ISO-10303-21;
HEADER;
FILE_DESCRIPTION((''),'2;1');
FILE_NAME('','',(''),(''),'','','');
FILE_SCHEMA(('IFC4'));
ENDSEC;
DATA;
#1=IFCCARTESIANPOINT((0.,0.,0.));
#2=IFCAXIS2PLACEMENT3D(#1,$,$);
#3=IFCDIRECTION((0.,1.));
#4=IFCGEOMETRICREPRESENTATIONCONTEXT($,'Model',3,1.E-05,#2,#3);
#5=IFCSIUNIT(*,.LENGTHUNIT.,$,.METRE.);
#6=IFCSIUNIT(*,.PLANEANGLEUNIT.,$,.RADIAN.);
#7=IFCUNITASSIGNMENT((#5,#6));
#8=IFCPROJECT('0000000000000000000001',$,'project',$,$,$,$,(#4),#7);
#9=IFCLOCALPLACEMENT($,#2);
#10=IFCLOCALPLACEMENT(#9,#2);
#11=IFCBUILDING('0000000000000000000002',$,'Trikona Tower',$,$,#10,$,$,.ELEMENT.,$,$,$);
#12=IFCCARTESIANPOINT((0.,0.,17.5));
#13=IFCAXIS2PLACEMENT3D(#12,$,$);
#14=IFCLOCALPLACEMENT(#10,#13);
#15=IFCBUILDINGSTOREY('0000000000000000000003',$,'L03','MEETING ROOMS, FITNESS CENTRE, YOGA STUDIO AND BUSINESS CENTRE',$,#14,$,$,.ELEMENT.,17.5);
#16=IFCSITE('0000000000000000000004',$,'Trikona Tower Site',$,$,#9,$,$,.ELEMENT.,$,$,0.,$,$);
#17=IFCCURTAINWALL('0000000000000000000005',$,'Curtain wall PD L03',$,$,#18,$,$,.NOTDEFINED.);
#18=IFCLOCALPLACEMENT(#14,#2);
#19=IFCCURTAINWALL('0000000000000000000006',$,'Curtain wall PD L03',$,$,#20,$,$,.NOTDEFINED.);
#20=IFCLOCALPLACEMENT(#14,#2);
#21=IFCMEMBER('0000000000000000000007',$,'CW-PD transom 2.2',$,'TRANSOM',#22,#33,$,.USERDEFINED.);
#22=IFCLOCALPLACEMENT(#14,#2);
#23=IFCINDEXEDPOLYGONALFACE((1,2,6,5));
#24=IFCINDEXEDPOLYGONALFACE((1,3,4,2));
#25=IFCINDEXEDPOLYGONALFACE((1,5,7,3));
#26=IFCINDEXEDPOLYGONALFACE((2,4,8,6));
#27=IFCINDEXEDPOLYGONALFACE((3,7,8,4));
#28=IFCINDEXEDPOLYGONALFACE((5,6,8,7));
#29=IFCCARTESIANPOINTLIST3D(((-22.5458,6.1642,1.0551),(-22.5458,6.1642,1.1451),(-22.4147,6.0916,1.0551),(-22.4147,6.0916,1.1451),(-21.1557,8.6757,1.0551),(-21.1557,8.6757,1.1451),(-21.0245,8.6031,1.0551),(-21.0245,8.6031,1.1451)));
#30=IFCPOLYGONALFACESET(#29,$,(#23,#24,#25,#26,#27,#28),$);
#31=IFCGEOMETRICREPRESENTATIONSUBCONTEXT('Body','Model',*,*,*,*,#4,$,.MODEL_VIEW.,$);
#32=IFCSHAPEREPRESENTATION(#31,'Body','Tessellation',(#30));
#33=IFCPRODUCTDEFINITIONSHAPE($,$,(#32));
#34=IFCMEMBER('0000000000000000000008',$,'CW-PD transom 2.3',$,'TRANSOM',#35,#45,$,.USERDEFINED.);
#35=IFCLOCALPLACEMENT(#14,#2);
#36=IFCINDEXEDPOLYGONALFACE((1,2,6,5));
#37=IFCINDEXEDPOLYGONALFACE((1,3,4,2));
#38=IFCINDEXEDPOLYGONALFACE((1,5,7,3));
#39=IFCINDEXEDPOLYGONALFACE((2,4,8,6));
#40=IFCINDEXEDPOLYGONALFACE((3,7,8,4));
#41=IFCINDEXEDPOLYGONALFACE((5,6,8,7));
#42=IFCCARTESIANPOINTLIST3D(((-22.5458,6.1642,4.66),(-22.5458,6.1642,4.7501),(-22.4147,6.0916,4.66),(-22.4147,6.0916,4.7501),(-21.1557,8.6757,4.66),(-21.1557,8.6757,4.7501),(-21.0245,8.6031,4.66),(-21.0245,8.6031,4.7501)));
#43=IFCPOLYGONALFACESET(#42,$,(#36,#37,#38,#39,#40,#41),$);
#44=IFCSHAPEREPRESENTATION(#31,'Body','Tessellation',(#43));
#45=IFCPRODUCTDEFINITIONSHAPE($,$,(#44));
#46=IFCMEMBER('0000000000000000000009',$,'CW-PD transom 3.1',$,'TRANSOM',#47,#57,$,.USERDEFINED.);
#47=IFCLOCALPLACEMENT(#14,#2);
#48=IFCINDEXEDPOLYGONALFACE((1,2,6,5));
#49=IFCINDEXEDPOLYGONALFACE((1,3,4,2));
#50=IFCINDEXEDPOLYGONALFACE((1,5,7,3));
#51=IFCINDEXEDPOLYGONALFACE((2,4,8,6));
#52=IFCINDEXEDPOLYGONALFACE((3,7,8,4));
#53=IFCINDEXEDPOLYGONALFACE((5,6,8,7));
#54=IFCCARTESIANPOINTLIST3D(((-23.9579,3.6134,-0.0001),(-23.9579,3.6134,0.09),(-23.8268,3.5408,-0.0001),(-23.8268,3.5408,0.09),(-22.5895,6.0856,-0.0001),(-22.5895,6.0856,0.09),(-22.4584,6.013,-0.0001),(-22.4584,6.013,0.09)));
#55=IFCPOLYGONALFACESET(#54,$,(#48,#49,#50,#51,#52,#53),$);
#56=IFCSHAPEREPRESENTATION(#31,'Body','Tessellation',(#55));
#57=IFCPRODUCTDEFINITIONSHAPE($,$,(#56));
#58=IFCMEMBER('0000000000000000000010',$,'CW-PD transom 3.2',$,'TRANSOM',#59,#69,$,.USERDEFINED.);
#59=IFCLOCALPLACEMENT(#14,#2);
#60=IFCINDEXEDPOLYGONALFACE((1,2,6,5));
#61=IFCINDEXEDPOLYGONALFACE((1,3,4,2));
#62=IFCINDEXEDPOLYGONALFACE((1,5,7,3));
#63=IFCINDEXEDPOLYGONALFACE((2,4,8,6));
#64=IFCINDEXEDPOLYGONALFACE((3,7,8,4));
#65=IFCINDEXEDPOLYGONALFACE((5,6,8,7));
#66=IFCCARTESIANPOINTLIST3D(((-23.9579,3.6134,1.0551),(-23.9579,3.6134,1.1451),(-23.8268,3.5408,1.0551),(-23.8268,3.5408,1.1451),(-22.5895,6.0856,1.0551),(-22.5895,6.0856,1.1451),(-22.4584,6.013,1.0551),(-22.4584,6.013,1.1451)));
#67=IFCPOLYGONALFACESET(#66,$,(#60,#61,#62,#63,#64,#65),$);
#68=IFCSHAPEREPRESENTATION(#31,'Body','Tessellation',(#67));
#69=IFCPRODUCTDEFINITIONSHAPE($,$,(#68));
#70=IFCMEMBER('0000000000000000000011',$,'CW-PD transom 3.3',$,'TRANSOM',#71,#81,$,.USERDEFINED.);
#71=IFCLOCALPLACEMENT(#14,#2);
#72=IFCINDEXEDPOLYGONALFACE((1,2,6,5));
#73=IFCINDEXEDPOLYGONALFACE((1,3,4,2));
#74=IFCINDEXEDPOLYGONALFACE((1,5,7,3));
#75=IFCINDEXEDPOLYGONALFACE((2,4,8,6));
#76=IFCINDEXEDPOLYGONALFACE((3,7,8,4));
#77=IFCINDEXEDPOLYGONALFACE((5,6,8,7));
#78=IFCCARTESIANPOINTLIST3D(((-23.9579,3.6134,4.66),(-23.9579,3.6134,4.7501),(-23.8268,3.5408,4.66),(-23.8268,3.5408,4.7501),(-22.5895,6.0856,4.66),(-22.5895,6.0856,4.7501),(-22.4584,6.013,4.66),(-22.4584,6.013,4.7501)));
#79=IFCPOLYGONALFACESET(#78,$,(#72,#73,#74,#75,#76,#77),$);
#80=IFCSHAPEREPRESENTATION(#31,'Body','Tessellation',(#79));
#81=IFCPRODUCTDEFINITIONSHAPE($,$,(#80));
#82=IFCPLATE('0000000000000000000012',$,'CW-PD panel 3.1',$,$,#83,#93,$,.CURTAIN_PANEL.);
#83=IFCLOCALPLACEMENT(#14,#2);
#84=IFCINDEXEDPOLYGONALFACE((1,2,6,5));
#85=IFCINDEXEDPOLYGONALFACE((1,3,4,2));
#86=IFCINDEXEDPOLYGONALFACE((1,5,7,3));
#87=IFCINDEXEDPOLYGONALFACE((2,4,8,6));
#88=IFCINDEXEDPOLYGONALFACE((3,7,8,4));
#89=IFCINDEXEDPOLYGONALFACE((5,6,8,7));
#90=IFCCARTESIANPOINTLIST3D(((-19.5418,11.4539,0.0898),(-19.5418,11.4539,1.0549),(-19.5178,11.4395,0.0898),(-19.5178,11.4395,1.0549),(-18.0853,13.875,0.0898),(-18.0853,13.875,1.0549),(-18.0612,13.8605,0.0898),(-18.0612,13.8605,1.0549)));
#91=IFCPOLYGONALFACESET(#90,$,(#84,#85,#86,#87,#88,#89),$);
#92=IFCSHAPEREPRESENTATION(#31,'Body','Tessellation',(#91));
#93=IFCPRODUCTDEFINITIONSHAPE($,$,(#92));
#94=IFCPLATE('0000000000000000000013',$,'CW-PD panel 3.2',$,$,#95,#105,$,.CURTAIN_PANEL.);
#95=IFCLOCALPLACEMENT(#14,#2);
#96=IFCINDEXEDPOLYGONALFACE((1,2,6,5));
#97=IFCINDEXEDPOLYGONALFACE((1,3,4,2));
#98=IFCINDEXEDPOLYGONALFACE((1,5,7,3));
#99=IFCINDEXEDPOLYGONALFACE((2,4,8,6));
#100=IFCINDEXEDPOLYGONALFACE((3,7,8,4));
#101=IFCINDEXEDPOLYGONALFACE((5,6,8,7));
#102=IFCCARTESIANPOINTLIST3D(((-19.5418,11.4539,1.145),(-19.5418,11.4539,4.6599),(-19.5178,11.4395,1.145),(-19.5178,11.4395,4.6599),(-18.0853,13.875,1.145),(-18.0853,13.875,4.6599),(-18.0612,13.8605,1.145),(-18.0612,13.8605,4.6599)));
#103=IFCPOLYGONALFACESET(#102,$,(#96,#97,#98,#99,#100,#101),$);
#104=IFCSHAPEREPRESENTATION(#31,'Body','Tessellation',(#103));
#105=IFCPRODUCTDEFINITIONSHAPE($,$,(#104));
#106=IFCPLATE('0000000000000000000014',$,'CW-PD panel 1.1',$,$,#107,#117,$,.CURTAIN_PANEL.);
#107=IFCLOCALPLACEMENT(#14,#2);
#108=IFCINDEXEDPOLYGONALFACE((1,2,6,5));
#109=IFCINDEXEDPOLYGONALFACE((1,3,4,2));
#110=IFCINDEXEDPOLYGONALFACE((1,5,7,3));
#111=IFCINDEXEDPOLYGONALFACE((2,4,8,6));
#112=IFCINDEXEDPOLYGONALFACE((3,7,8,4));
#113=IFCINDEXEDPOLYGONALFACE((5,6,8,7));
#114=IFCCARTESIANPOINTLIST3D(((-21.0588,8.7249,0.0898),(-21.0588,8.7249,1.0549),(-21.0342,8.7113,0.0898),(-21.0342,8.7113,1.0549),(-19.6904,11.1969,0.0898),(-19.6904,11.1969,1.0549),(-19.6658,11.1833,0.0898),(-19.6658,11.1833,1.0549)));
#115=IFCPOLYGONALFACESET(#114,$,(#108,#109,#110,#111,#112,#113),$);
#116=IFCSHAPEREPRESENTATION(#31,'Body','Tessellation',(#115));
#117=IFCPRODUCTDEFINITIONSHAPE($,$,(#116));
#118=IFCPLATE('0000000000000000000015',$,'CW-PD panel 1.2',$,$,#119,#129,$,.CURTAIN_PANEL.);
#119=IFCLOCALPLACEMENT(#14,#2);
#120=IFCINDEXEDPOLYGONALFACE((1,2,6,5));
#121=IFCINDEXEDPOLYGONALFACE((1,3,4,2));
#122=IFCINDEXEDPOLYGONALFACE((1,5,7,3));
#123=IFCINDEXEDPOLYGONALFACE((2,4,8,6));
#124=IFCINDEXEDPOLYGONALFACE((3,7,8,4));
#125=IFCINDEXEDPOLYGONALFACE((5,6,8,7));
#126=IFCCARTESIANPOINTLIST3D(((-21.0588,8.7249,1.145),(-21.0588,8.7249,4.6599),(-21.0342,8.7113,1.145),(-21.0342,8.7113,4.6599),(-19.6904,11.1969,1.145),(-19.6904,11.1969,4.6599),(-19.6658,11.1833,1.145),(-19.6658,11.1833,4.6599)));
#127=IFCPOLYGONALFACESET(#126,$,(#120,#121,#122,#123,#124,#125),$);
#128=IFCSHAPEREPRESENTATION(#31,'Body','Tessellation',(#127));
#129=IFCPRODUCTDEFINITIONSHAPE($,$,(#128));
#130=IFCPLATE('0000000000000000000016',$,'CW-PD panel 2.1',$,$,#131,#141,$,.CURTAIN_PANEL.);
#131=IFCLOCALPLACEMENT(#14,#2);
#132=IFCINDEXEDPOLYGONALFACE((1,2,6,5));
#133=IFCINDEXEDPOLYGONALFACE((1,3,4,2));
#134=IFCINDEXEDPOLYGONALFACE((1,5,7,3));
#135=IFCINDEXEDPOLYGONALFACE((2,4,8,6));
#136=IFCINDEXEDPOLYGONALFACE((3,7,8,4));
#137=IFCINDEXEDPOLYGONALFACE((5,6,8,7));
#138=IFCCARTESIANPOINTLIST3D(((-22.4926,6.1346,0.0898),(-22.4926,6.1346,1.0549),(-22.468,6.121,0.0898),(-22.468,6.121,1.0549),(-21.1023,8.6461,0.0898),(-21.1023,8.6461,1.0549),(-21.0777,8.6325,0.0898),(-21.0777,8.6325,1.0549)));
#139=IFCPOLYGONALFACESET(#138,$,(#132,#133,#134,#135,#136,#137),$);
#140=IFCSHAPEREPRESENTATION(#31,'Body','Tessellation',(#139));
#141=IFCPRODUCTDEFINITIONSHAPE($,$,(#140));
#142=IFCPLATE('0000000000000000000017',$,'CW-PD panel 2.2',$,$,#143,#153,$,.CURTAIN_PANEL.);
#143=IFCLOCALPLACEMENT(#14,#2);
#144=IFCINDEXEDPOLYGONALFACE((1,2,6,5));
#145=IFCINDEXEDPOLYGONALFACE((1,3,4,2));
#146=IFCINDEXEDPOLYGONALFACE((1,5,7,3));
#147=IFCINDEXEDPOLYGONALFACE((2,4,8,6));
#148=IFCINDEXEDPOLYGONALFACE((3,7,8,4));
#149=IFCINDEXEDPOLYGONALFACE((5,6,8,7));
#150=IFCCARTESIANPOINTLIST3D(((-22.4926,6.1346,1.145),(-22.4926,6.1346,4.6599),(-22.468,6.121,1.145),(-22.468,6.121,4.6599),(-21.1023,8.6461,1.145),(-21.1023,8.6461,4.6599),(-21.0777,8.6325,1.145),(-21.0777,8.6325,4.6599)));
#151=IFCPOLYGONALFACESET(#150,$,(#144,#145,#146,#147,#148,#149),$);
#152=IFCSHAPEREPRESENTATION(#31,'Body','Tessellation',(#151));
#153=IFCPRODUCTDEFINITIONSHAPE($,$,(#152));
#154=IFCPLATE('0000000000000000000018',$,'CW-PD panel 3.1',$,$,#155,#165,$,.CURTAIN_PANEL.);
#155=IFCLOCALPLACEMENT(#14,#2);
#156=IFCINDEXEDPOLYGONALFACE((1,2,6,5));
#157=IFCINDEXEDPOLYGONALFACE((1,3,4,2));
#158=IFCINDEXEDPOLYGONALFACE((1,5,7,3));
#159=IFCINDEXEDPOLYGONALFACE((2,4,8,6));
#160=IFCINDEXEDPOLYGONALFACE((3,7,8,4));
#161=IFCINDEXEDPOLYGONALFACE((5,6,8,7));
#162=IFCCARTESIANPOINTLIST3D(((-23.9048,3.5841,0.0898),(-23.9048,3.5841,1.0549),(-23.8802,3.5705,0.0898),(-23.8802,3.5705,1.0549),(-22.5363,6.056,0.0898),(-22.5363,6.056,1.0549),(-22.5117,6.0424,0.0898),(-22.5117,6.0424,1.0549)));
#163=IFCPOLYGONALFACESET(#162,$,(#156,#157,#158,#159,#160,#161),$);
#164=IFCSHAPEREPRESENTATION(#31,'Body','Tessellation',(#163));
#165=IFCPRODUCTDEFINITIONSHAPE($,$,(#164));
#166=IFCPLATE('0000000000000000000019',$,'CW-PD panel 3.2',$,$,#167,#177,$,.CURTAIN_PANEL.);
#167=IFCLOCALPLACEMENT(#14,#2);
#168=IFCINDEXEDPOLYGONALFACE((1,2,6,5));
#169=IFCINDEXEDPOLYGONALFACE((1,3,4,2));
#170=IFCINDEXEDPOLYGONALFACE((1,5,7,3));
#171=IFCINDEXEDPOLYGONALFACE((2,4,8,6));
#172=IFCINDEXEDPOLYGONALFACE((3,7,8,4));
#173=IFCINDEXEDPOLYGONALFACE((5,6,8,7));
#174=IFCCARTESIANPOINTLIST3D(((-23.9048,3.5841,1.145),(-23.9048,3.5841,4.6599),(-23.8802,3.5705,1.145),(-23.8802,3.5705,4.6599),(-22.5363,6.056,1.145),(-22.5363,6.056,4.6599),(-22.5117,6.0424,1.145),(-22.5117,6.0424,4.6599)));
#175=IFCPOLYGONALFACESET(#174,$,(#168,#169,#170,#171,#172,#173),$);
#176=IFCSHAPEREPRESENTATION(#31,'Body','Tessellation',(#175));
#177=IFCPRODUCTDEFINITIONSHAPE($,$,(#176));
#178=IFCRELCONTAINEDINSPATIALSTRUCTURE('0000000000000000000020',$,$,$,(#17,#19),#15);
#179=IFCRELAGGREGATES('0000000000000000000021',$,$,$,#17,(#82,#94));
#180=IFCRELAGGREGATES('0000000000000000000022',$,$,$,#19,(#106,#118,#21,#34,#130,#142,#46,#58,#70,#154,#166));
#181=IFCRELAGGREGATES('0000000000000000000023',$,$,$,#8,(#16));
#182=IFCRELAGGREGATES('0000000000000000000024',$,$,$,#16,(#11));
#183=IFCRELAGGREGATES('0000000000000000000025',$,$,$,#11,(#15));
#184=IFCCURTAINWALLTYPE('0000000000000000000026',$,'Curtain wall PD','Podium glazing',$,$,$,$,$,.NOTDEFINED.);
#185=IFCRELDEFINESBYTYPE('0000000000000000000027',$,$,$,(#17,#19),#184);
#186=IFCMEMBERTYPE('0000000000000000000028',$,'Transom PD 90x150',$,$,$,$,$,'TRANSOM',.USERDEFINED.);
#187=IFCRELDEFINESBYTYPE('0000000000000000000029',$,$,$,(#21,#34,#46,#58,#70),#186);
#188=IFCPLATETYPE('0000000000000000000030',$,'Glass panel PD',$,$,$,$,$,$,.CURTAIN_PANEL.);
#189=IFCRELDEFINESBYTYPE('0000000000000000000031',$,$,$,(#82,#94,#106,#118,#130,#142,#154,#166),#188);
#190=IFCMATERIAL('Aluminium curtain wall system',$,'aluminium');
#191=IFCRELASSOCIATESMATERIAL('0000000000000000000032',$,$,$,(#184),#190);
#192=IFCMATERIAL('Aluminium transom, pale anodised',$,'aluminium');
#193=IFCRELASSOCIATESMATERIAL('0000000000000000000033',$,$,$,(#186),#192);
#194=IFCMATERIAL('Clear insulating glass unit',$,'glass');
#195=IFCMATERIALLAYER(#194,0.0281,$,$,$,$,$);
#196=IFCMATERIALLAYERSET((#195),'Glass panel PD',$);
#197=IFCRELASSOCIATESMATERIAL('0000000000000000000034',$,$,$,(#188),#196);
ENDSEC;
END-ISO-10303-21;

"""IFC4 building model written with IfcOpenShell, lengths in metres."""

from ifc_helpers import new_model, si_unit, direction, frame, origin, origin_2d, place, context, subcontext, project, spatial, rectangle, extrude, material, layer, layer_set, material_profile, profile_set, type_object, element, aggregate, save


model = new_model("IFC4")

# Units and contexts
model_context = context("Model", 3, precision=1e-05, world=origin(), true_north=direction((0.0, 1.0)))
body_context = subcontext(model_context, "Body", "Model", "MODEL_VIEW")
ifc_project = project(units=[si_unit("LENGTHUNIT", "METRE"), si_unit("PLANEANGLEUNIT", "RADIAN")], contexts=[model_context])

# Site, building, storey
site_placement = place(None, origin())
site = spatial("IfcSite", under=ifc_project, at=site_placement, Name="Trikona Tower Site", CompositionType="ELEMENT", RefElevation=0.0)
building_placement = place(site_placement, origin())
building = spatial("IfcBuilding", under=site, at=building_placement, Name="Trikona Tower", CompositionType="ELEMENT")
storey_placement = place(building_placement, frame((0.0, 0.0, 17.5)))
storey = spatial("IfcBuildingStorey", under=building, at=storey_placement, Name="L03", Description="MEETING ROOMS, FITNESS CENTRE, YOGA STUDIO AND BUSINESS CENTRE", CompositionType="ELEMENT", Elevation=17.5)

# Curtain wall
ifc_material_1 = material(Name="Aluminium curtain wall system", Category="aluminium")
curtain_wall_type = type_object("IfcCurtainWallType", Name="Curtain wall PD", Description="Podium glazing", PredefinedType="NOTDEFINED", material=ifc_material_1)
curtain_wall_1_placement = place(storey_placement, origin())
curtain_wall_1 = element("IfcCurtainWall", 1, at=curtain_wall_1_placement, inside=storey, type_object=curtain_wall_type, Name="Curtain wall PD L03", PredefinedType="NOTDEFINED")

# Curtain wall
curtain_wall_2_placement = place(storey_placement, origin())
curtain_wall_2 = element("IfcCurtainWall", 2, at=curtain_wall_2_placement, inside=storey, type_object=curtain_wall_type, Name="Curtain wall PD L03", PredefinedType="NOTDEFINED")

# Members
ifc_material_2 = material(Name="Aluminium transom, pale anodised", Category="aluminium")
ifc_material_profile_1 = material_profile(ifc_material_2, rectangle(XDim=0.1499, YDim=0.0901, at=origin_2d()), Name="TRN-PD")
ifc_profile_set_1 = profile_set([ifc_material_profile_1], Name="Aluminium transom, pale anodised")
member_type_1 = type_object("IfcMemberType", Name="Transom PD 90x150", ElementType="TRANSOM", PredefinedType="USERDEFINED", material=ifc_profile_set_1)
member_1_placement = place(storey_placement, frame((-21.0901, 8.6394, 1.1001), z_axis=(-0.484278, -0.874914, 0.0), x_axis=(0.874914, -0.484278, 0.0)))
member_1 = element("IfcMember", 3, at=member_1_placement, type_object=member_type_1, Name="CW-PD transom 2.2", ObjectType="TRANSOM", PredefinedType="USERDEFINED", context=body_context, shape_type="SweptSolid", body=[
    extrude(rectangle(XDim=0.1499, YDim=0.0901, at=origin_2d()), origin(), (0.0, 0.0, 1.0), 2.8706),
])
member_2_placement = place(storey_placement, frame((-21.0901, 8.6394, 4.7051), z_axis=(-0.484278, -0.874914, 0.0), x_axis=(0.874914, -0.484278, 0.0)))
member_2 = element("IfcMember", 4, at=member_2_placement, type_object=member_type_1, Name="CW-PD transom 2.3", ObjectType="TRANSOM", PredefinedType="USERDEFINED", context=body_context, shape_type="SweptSolid", body=[
    extrude(rectangle(XDim=0.1499, YDim=0.0901, at=origin_2d()), origin(), (0.0, 0.0, 1.0), 2.8706),
])
member_3_placement = place(storey_placement, frame((-22.5239, 6.0493, 0.0449), z_axis=(-0.484285, -0.87491, 0.0), x_axis=(0.87491, -0.484285, 0.0)))
member_3 = element("IfcMember", 5, at=member_3_placement, type_object=member_type_1, Name="CW-PD transom 3.1", ObjectType="TRANSOM", PredefinedType="USERDEFINED", context=body_context, shape_type="SweptSolid", body=[
    extrude(rectangle(XDim=0.1499, YDim=0.0901, at=origin_2d()), origin(), (0.0, 0.0, 1.0), 2.8257),
])
member_4_placement = place(storey_placement, frame((-22.5239, 6.0493, 1.1001), z_axis=(-0.484285, -0.87491, 0.0), x_axis=(0.87491, -0.484285, 0.0)))
member_4 = element("IfcMember", 6, at=member_4_placement, type_object=member_type_1, Name="CW-PD transom 3.2", ObjectType="TRANSOM", PredefinedType="USERDEFINED", context=body_context, shape_type="SweptSolid", body=[
    extrude(rectangle(XDim=0.1499, YDim=0.0901, at=origin_2d()), origin(), (0.0, 0.0, 1.0), 2.8257),
])
member_5_placement = place(storey_placement, frame((-22.5239, 6.0493, 4.7051), z_axis=(-0.484285, -0.87491, 0.0), x_axis=(0.87491, -0.484285, 0.0)))
member_5 = element("IfcMember", 7, at=member_5_placement, type_object=member_type_1, Name="CW-PD transom 3.3", ObjectType="TRANSOM", PredefinedType="USERDEFINED", context=body_context, shape_type="SweptSolid", body=[
    extrude(rectangle(XDim=0.1499, YDim=0.0901, at=origin_2d()), origin(), (0.0, 0.0, 1.0), 2.8257),
])

# Plates
ifc_material_3 = material(Name="Clear insulating glass unit", Category="glass")
ifc_layer = layer(ifc_material_3, 0.0281)
ifc_layer_set = layer_set([ifc_layer], Name="Glass panel PD")
plate_type = type_object("IfcPlateType", Name="Glass panel PD", PredefinedType="CURTAIN_PANEL", material=ifc_layer_set)
plate_1_placement = place(storey_placement, frame((-18.8015, 12.6572, 0.0898), z_axis=(0.0, 0.0, 1.0), x_axis=(-0.515515, -0.85688, 0.0)))
plate_1 = element("IfcPlate", 8, at=plate_1_placement, type_object=plate_type, Name="CW-PD panel 3.1", PredefinedType="CURTAIN_PANEL", context=body_context, shape_type="SweptSolid", body=[
    extrude(rectangle(XDim=2.8254, YDim=0.0281, at=origin_2d()), origin(), (0.0, 0.0, 1.0), 0.9651),
])
plate_2_placement = place(storey_placement, frame((-18.8015, 12.6572, 1.145), z_axis=(0.0, 0.0, 1.0), x_axis=(-0.515515, -0.85688, 0.0)))
plate_2 = element("IfcPlate", 9, at=plate_2_placement, type_object=plate_type, Name="CW-PD panel 3.2", PredefinedType="CURTAIN_PANEL", context=body_context, shape_type="SweptSolid", body=[
    extrude(rectangle(XDim=2.8254, YDim=0.0281, at=origin_2d()), origin(), (0.0, 0.0, 1.0), 3.5149),
])
aggregate(curtain_wall_1, [plate_1, plate_2])
plate_3_placement = place(storey_placement, frame((-20.3623, 9.9541, 0.0898), z_axis=(0.0, 0.0, 1.0), x_axis=(-0.484332, -0.874884, 0.0)))
plate_3 = element("IfcPlate", 10, at=plate_3_placement, type_object=plate_type, Name="CW-PD panel 1.1", PredefinedType="CURTAIN_PANEL", context=body_context, shape_type="SweptSolid", body=[
    extrude(rectangle(XDim=2.8254, YDim=0.0281, at=origin_2d()), origin(), (0.0, 0.0, 1.0), 0.9651),
])
plate_4_placement = place(storey_placement, frame((-20.3623, 9.9541, 1.145), z_axis=(0.0, 0.0, 1.0), x_axis=(-0.484332, -0.874884, 0.0)))
plate_4 = element("IfcPlate", 11, at=plate_4_placement, type_object=plate_type, Name="CW-PD panel 1.2", PredefinedType="CURTAIN_PANEL", context=body_context, shape_type="SweptSolid", body=[
    extrude(rectangle(XDim=2.8254, YDim=0.0281, at=origin_2d()), origin(), (0.0, 0.0, 1.0), 3.5149),
])
plate_5_placement = place(storey_placement, frame((-21.7852, 7.3835, 0.0898), z_axis=(0.0, 0.0, 1.0), x_axis=(-0.484332, -0.874884, 0.0)))
plate_5 = element("IfcPlate", 12, at=plate_5_placement, type_object=plate_type, Name="CW-PD panel 2.1", PredefinedType="CURTAIN_PANEL", context=body_context, shape_type="SweptSolid", body=[
    extrude(rectangle(XDim=2.8706, YDim=0.0281, at=origin_2d()), origin(), (0.0, 0.0, 1.0), 0.9651),
])
plate_6_placement = place(storey_placement, frame((-21.7852, 7.3835, 1.145), z_axis=(0.0, 0.0, 1.0), x_axis=(-0.484332, -0.874884, 0.0)))
plate_6 = element("IfcPlate", 13, at=plate_6_placement, type_object=plate_type, Name="CW-PD panel 2.2", PredefinedType="CURTAIN_PANEL", context=body_context, shape_type="SweptSolid", body=[
    extrude(rectangle(XDim=2.8706, YDim=0.0281, at=origin_2d()), origin(), (0.0, 0.0, 1.0), 3.5149),
])
plate_7_placement = place(storey_placement, frame((-23.2083, 4.8132, 0.0898), z_axis=(0.0, 0.0, 1.0), x_axis=(-0.484332, -0.874884, 0.0)))
plate_7 = element("IfcPlate", 14, at=plate_7_placement, type_object=plate_type, Name="CW-PD panel 3.1", PredefinedType="CURTAIN_PANEL", context=body_context, shape_type="SweptSolid", body=[
    extrude(rectangle(XDim=2.8254, YDim=0.0281, at=origin_2d()), origin(), (0.0, 0.0, 1.0), 0.9651),
])
plate_8_placement = place(storey_placement, frame((-23.2083, 4.8132, 1.145), z_axis=(0.0, 0.0, 1.0), x_axis=(-0.484332, -0.874884, 0.0)))
plate_8 = element("IfcPlate", 15, at=plate_8_placement, type_object=plate_type, Name="CW-PD panel 3.2", PredefinedType="CURTAIN_PANEL", context=body_context, shape_type="SweptSolid", body=[
    extrude(rectangle(XDim=2.8254, YDim=0.0281, at=origin_2d()), origin(), (0.0, 0.0, 1.0), 3.5149),
])
aggregate(curtain_wall_2, [plate_3, plate_4, member_1, member_2, plate_5, plate_6, member_3, member_4, member_5, plate_7, plate_8])

save(model, "model.ifc")
